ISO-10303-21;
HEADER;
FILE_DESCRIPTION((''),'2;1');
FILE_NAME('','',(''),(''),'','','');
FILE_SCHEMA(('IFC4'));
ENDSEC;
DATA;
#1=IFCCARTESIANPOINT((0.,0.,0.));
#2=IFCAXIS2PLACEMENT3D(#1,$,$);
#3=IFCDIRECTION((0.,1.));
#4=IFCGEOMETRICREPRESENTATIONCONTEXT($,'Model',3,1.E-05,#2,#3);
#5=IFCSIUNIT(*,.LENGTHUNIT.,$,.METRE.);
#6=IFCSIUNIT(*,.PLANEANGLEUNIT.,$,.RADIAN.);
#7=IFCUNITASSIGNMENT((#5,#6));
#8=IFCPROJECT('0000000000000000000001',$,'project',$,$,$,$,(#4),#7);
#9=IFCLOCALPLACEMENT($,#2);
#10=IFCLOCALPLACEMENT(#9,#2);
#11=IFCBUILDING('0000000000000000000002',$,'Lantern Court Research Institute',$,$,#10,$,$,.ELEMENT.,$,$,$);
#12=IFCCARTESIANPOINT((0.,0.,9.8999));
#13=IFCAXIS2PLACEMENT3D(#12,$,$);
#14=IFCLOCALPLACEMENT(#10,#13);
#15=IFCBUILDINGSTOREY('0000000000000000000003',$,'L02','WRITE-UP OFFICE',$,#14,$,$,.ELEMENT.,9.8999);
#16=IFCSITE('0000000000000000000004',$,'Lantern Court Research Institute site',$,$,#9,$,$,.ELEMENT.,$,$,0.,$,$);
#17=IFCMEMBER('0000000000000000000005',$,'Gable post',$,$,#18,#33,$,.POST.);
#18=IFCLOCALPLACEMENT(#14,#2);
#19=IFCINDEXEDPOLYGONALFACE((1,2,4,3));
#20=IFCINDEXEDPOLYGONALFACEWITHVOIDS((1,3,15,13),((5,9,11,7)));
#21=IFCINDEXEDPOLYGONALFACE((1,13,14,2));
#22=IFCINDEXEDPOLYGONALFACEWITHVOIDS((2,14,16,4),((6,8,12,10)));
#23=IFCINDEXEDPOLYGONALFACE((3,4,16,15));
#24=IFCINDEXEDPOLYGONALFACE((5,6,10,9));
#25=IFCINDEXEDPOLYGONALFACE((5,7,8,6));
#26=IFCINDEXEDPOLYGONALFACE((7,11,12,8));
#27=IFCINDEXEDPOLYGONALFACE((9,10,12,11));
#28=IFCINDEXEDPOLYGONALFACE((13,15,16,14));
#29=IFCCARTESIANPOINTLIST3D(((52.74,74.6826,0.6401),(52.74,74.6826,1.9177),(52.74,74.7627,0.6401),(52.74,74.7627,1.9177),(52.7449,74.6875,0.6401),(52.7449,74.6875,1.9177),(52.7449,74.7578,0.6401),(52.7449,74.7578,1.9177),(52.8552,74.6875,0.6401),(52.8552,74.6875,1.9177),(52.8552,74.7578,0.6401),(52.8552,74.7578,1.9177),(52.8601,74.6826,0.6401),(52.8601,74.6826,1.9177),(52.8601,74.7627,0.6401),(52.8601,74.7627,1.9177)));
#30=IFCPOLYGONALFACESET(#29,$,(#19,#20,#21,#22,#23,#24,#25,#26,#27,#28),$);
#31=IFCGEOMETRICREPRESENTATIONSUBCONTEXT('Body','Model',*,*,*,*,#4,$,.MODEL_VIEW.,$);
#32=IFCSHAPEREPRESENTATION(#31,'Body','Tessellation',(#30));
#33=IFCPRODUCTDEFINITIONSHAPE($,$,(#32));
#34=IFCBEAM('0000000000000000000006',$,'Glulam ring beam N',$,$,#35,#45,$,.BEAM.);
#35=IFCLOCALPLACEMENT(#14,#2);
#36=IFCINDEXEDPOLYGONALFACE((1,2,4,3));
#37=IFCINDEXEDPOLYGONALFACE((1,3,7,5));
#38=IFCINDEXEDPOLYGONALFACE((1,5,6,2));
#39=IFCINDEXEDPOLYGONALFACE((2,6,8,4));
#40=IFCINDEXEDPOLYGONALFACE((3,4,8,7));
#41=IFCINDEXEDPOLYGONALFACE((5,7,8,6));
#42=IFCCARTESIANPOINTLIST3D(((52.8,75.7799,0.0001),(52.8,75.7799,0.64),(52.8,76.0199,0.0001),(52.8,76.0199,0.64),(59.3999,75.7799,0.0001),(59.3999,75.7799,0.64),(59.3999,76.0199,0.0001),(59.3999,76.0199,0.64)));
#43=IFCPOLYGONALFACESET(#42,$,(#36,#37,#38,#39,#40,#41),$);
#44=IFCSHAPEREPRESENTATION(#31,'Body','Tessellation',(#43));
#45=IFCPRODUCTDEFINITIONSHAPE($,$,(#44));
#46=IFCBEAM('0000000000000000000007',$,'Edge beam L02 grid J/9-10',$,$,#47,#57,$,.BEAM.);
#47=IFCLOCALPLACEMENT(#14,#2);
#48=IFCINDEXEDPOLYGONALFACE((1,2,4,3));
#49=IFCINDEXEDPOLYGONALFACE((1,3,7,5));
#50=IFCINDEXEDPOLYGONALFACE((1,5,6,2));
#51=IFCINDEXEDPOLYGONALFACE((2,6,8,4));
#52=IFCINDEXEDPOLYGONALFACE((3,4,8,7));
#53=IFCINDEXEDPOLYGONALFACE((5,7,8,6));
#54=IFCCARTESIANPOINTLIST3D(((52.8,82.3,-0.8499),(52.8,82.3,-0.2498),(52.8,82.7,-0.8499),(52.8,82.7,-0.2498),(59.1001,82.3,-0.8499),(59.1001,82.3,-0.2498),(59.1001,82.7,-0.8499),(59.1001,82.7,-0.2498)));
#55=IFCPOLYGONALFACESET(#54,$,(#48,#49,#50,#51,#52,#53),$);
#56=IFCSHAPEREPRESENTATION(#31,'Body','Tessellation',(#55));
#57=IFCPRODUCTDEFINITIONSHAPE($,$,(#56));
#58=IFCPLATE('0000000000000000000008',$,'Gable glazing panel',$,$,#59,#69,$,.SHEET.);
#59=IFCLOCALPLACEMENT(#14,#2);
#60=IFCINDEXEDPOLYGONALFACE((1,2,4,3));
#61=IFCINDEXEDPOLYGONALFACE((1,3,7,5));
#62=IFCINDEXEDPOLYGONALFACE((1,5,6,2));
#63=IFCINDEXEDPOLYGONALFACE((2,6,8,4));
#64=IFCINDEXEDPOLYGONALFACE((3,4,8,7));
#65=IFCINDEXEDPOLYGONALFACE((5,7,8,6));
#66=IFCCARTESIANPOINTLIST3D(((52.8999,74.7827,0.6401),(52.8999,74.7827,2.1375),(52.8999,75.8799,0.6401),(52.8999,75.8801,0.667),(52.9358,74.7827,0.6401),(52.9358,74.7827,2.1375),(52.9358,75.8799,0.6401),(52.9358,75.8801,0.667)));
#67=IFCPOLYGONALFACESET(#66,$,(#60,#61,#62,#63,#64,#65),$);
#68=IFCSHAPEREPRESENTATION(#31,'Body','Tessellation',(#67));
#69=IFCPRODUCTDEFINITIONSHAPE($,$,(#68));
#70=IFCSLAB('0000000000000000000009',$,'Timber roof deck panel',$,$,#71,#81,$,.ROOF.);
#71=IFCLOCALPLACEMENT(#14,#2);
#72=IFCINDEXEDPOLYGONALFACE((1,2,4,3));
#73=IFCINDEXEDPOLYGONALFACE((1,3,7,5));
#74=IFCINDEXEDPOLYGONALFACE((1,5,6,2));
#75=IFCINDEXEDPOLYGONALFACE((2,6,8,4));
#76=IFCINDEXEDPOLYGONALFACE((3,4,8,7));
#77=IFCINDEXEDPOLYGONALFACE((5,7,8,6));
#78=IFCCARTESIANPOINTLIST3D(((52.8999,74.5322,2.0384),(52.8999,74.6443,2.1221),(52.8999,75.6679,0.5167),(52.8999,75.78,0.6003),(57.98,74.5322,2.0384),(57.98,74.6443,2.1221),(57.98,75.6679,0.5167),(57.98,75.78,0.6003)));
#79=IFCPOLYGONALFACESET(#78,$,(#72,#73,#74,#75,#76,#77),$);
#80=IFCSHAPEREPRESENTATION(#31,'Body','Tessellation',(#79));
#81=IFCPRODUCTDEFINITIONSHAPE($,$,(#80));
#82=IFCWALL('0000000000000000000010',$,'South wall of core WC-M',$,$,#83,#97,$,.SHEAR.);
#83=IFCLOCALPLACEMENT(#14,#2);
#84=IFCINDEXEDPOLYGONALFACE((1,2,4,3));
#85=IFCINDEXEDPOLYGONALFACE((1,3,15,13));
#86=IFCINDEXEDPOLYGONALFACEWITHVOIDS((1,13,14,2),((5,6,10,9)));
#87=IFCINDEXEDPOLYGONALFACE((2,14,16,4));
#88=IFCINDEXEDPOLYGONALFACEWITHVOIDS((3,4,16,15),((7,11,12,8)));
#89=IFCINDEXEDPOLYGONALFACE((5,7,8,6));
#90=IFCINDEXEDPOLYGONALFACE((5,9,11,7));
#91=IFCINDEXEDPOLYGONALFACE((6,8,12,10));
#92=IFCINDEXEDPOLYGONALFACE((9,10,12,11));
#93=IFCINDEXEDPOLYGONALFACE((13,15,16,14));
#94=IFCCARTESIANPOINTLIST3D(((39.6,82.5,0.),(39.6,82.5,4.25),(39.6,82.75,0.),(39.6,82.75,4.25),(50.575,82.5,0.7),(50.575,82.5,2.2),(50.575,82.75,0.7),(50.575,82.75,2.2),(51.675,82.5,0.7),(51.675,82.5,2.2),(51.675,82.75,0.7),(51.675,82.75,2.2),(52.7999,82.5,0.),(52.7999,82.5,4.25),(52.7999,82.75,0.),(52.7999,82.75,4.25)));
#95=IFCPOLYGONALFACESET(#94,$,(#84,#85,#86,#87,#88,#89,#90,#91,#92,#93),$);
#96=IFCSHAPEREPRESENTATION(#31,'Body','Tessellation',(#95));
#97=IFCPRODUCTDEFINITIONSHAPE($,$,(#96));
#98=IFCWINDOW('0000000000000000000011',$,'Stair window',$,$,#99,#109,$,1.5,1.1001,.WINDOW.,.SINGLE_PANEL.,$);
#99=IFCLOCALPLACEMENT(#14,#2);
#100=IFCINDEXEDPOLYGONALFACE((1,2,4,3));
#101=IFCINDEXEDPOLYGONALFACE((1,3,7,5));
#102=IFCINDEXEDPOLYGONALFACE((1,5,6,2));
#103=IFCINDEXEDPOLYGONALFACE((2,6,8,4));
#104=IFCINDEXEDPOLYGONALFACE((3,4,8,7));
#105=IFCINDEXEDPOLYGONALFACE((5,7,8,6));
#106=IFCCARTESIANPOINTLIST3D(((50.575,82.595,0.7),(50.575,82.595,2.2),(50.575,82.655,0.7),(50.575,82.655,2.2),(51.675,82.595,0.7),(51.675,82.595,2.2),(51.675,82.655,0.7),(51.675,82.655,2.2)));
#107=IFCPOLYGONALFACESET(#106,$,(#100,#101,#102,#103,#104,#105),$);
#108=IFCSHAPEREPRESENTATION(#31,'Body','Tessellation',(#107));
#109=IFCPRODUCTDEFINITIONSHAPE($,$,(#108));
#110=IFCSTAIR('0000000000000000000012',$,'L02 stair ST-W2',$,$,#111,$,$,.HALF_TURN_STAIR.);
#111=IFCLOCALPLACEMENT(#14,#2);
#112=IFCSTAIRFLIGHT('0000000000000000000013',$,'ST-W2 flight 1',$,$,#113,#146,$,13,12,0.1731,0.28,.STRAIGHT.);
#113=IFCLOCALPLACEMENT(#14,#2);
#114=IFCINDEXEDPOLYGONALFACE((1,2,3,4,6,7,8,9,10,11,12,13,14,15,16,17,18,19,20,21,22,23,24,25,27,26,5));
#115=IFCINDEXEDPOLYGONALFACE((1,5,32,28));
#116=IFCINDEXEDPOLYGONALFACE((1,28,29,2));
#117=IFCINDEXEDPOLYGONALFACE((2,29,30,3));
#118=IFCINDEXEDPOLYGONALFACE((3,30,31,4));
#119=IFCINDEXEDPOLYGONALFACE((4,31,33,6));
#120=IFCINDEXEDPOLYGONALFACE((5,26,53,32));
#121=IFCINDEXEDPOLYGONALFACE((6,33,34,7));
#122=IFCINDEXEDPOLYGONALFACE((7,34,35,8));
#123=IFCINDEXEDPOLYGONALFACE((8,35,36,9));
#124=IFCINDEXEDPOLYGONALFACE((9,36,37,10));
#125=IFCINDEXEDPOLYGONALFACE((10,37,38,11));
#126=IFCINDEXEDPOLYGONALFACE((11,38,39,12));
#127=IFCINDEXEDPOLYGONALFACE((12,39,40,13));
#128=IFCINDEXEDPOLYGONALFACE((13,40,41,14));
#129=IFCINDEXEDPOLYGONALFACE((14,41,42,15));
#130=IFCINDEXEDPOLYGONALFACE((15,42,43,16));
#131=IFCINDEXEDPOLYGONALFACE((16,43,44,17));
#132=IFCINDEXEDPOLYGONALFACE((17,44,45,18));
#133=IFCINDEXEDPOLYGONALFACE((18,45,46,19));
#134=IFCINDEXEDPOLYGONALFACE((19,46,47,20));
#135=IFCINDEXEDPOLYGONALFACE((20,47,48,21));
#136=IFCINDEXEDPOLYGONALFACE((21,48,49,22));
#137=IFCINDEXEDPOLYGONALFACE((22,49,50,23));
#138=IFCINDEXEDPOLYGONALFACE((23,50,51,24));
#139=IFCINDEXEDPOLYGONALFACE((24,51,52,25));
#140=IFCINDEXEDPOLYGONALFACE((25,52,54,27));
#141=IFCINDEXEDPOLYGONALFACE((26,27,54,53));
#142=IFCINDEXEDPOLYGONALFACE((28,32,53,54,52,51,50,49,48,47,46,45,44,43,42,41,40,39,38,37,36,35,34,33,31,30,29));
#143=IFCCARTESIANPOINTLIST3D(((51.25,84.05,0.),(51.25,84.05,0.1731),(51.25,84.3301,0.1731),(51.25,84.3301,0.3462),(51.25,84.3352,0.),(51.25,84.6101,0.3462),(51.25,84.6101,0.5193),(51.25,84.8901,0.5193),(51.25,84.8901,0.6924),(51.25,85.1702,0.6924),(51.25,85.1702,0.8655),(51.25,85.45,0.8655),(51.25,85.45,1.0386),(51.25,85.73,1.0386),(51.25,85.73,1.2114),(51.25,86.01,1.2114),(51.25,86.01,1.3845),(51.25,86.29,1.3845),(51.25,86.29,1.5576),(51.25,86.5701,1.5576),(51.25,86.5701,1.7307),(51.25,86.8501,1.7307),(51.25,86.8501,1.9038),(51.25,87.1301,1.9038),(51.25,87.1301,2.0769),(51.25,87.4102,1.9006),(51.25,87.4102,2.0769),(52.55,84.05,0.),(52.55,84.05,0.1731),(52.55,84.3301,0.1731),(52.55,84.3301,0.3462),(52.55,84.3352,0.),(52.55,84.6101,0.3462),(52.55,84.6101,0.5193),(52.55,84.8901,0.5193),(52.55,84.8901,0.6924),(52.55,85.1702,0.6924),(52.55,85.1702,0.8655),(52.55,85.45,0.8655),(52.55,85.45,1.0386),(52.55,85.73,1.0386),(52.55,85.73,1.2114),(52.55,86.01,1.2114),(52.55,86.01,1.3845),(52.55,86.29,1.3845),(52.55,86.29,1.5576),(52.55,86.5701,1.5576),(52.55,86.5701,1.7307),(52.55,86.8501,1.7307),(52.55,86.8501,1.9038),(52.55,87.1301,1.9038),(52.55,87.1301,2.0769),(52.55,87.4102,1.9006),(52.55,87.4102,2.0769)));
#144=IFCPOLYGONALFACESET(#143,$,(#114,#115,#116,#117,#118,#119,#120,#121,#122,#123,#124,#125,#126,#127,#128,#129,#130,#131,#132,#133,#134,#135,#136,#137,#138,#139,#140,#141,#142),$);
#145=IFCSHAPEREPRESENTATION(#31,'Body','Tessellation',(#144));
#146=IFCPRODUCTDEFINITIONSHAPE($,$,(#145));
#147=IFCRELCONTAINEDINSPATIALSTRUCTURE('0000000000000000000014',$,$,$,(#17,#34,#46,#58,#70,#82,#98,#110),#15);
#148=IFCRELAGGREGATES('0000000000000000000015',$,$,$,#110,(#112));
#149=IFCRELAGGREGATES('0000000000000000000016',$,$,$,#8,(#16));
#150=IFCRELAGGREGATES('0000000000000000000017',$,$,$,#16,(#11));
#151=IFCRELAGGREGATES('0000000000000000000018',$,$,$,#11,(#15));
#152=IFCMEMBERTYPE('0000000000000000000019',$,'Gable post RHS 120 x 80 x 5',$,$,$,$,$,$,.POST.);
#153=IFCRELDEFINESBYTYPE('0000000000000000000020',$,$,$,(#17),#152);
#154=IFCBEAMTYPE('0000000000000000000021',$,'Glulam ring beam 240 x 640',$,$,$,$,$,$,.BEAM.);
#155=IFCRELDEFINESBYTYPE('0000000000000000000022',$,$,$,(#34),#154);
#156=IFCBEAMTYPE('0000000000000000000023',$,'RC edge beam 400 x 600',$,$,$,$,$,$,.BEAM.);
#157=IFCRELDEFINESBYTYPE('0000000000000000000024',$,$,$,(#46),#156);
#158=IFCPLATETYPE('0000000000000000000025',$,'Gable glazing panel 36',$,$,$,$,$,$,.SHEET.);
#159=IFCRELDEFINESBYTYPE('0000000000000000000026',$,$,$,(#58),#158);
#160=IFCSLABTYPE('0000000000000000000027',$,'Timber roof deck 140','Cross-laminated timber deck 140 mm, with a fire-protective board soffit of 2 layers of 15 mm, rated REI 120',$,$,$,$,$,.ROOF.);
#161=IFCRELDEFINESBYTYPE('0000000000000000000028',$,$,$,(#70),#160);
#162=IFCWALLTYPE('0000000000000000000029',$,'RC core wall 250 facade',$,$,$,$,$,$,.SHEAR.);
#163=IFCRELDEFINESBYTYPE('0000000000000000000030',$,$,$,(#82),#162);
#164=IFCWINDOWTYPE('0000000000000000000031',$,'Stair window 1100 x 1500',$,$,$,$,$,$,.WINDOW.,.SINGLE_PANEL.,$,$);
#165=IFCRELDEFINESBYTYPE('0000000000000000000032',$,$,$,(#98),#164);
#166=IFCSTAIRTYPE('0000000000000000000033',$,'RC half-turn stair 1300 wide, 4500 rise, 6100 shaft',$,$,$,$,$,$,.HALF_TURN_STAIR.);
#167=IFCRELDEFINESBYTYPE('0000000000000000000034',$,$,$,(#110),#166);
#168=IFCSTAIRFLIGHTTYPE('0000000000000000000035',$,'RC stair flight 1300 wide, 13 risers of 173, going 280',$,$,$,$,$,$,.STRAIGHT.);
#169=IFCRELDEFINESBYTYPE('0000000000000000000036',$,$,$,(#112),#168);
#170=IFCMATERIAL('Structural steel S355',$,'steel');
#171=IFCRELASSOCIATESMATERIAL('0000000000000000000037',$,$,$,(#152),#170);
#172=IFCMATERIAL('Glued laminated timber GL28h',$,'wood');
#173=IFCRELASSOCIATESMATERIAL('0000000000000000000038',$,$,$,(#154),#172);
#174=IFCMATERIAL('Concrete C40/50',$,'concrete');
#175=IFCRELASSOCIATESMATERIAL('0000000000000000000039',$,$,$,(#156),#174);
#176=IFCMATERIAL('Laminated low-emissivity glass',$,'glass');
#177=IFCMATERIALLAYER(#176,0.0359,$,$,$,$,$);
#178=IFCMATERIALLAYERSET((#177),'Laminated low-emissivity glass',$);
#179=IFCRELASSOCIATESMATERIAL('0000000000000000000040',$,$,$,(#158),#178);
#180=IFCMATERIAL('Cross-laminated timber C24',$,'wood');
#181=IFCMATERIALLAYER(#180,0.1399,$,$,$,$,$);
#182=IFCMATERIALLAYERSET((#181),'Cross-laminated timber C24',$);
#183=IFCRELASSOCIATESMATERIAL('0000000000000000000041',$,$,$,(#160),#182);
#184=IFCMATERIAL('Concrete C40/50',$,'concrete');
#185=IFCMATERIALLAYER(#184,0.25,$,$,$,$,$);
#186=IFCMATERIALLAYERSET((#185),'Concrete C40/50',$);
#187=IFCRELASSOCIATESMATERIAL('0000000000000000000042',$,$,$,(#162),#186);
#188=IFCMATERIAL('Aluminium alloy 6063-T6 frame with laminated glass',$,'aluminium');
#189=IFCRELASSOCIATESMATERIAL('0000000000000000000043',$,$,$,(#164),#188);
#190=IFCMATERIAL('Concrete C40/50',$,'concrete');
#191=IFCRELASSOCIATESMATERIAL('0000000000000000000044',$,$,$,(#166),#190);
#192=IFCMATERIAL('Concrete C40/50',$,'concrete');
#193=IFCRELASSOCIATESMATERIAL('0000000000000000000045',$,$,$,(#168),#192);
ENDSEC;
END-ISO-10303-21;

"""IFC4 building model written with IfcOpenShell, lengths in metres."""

from ifc_helpers import new_model, si_unit, direction, frame, frame_2d, origin, origin_2d, place, context, subcontext, project, spatial, polyline, rectangle, hollow_rectangle, outline, extrude, material, layer, layer_set, material_profile, profile_set, type_object, element, fill, aggregate, save


model = new_model("IFC4")

# Units and contexts
model_context = context("Model", 3, precision=1e-05, world=origin(), true_north=direction((0.0, 1.0)))
body_context = subcontext(model_context, "Body", "Model", "MODEL_VIEW")
ifc_project = project(units=[si_unit("LENGTHUNIT", "METRE"), si_unit("PLANEANGLEUNIT", "RADIAN")], contexts=[model_context])

# Site, building, storey
site_placement = place(None, origin())
site = spatial("IfcSite", under=ifc_project, at=site_placement, Name="Lantern Court Research Institute site", CompositionType="ELEMENT", RefElevation=0.0)
building_placement = place(site_placement, origin())
building = spatial("IfcBuilding", under=site, at=building_placement, Name="Lantern Court Research Institute", CompositionType="ELEMENT")
storey_placement = place(building_placement, frame((0.0, 0.0, 9.8999)))
storey = spatial("IfcBuildingStorey", under=building, at=storey_placement, Name="L02", Description="WRITE-UP OFFICE", CompositionType="ELEMENT", Elevation=9.8999)

# Member
ifc_material_1 = material(Name="Structural steel S355", Category="steel")
ifc_material_profile_1 = material_profile(ifc_material_1, hollow_rectangle(XDim=0.1201, YDim=0.0801, WallThickness=0.0049, at=origin_2d()), Name="Gable post RHS 120 x 80 x 5")
ifc_profile_set_1 = profile_set([ifc_material_profile_1], Name="Structural steel S355")
member_type = type_object("IfcMemberType", Name="Gable post RHS 120 x 80 x 5", PredefinedType="POST", material=ifc_profile_set_1)
member_placement = place(storey_placement, frame((52.8, 74.7227, 0.6401), z_axis=(0.0, 0.0, 1.0), x_axis=(1.0, 0.0, 0.0)))
element("IfcMember", 1, at=member_placement, inside=storey, type_object=member_type, Name="Gable post", PredefinedType="POST", context=body_context, shape_type="SweptSolid", body=[
    extrude(hollow_rectangle(XDim=0.1201, YDim=0.0801, WallThickness=0.0049, at=origin_2d()), origin(), (0.0, 0.0, 1.0), 1.2776),
])

# Beams
ifc_material_2 = material(Name="Glued laminated timber GL28h", Category="wood")
ifc_material_profile_2 = material_profile(ifc_material_2, rectangle(XDim=0.24, YDim=0.6399, at=origin_2d()), Name="Glulam ring beam 240 x 640")
ifc_profile_set_2 = profile_set([ifc_material_profile_2], Name="Glued laminated timber GL28h")
beam_type_1 = type_object("IfcBeamType", Name="Glulam ring beam 240 x 640", PredefinedType="BEAM", material=ifc_profile_set_2)
beam_1_placement = place(storey_placement, frame((52.8, 75.8999, 0.3201), z_axis=(1.0, 0.0, 0.0), x_axis=(0.0, 1.0, 0.0)))
element("IfcBeam", 2, at=beam_1_placement, inside=storey, type_object=beam_type_1, Name="Glulam ring beam N", PredefinedType="BEAM", context=body_context, shape_type="SweptSolid", body=[
    extrude(rectangle(XDim=0.24, YDim=0.6399, at=origin_2d()), origin(), (0.0, 0.0, 1.0), 6.5999),
])
ifc_material_3 = material(Name="Concrete C40/50", Category="concrete")
ifc_material_profile_3 = material_profile(ifc_material_3, rectangle(XDim=0.3999, YDim=0.6001, at=origin_2d()), Name="RC beam 400 x 600")
ifc_profile_set_3 = profile_set([ifc_material_profile_3], Name="Concrete C40/50")
beam_type_2 = type_object("IfcBeamType", Name="RC edge beam 400 x 600", PredefinedType="BEAM", material=ifc_profile_set_3)
beam_2_placement = place(storey_placement, frame((52.8, 82.5, -0.5498), z_axis=(1.0, 0.0, 0.0), x_axis=(0.0, 1.0, 0.0)))
element("IfcBeam", 3, at=beam_2_placement, inside=storey, type_object=beam_type_2, Name="Edge beam L02 grid J/9-10", PredefinedType="BEAM", context=body_context, shape_type="SweptSolid", body=[
    extrude(rectangle(XDim=0.3999, YDim=0.6001, at=origin_2d()), origin(), (0.0, 0.0, 1.0), 6.3),
])

# Plate
ifc_material_4 = material(Name="Laminated low-emissivity glass", Category="glass")
ifc_layer_1 = layer(ifc_material_4, 0.0359)
ifc_layer_set_1 = layer_set([ifc_layer_1], Name="Laminated low-emissivity glass")
plate_type = type_object("IfcPlateType", Name="Gable glazing panel 36", PredefinedType="SHEET", material=ifc_layer_set_1)
plate_placement = place(storey_placement, frame((52.918, 74.7827, 0.6401), z_axis=(0.0, 0.0, 1.0), x_axis=(0.0, 1.0, 0.0)))
element("IfcPlate", 4, at=plate_placement, inside=storey, type_object=plate_type, Name="Gable glazing panel", PredefinedType="SHEET", context=body_context, shape_type="SweptSolid", body=[
    extrude(outline(polyline([(0.0, 0.0), (1.0972, 0.0), (1.0974, 0.0269), (0.0, 1.4973), (0.0, 0.0)])), frame((0.0, 0.0181, 0.0), z_axis=(0.0, -1.0, 0.0), x_axis=(1.0, 0.0, 0.0)), (0.0, 0.0, 1.0), 0.0359),
])

# Slab
ifc_material_5 = material(Name="Cross-laminated timber C24", Category="wood")
ifc_layer_2 = layer(ifc_material_5, 0.1399)
ifc_layer_set_2 = layer_set([ifc_layer_2], Name="Cross-laminated timber C24")
slab_type = type_object("IfcSlabType", Name="Timber roof deck 140", Description="Cross-laminated timber deck 140 mm, with a fire-protective board soffit of 2 layers of 15 mm, rated REI 120", PredefinedType="ROOF", material=ifc_layer_set_2)
slab_placement = place(storey_placement, frame((52.8999, 74.6443, 2.1221), z_axis=(0.0, 0.801402, 0.598126), x_axis=(1.0, 0.0, 0.0)))
element("IfcSlab", 5, at=slab_placement, inside=storey, type_object=slab_type, Name="Timber roof deck panel", PredefinedType="ROOF", context=body_context, shape_type="SweptSolid", body=[
    extrude(outline(polyline([(0.0, 0.0), (5.0801, 0.0), (5.0801, 1.8988), (0.0, 1.8988), (0.0, 0.0)])), origin(), (0.0, 0.0, -1.0), 0.1399),
])

# Wall, opening, window
ifc_material_6 = material(Name="Concrete C40/50", Category="concrete")
ifc_layer_3 = layer(ifc_material_6, 0.25)
ifc_layer_set_3 = layer_set([ifc_layer_3], Name="Concrete C40/50")
wall_type = type_object("IfcWallType", Name="RC core wall 250 facade", PredefinedType="SHEAR", material=ifc_layer_set_3)
wall_placement = place(storey_placement, frame((52.8, 82.625, 0.0), z_axis=(0.0, 0.0, 1.0), x_axis=(-1.0, 0.0, 0.0)))
wall = element("IfcWall", 6, at=wall_placement, inside=storey, type_object=wall_type, Name="South wall of core WC-M", PredefinedType="SHEAR", context=body_context, shape_type="SweptSolid", body=[
    extrude(rectangle(XDim=13.2, YDim=0.25, at=frame_2d((6.6001, 0.0))), origin(), (0.0, 0.0, 1.0), 4.25),
])
opening_placement = place(wall_placement, frame((1.125, 0.0, 0.7)))
opening = element("IfcOpeningElement", 7, at=opening_placement, cuts=wall, PredefinedType="OPENING", context=body_context, shape_type="SweptSolid", body=[
    extrude(rectangle(XDim=1.1001, YDim=1.5, at=frame_2d((0.55, 0.75))), frame((0.0, 0.135, 0.0), z_axis=(0.0, -1.0, 0.0), x_axis=(1.0, 0.0, 0.0)), (0.0, 0.0, 1.0), 0.27),
])
ifc_material_7 = material(Name="Aluminium alloy 6063-T6 frame with laminated glass", Category="aluminium")
window_type = type_object("IfcWindowType", Name="Stair window 1100 x 1500", PartitioningType="SINGLE_PANEL", PredefinedType="WINDOW", material=ifc_material_7)
window_placement = place(opening_placement, origin())
window = element("IfcWindow", 8, at=window_placement, inside=storey, type_object=window_type, Name="Stair window", OverallHeight=1.5, OverallWidth=1.1001, PartitioningType="SINGLE_PANEL", PredefinedType="WINDOW", context=body_context, shape_type="SweptSolid", body=[
    extrude(rectangle(XDim=1.1001, YDim=1.5, at=frame_2d((0.55, 0.75))), frame((0.0, 0.03, 0.0), z_axis=(0.0, -1.0, 0.0), x_axis=(1.0, 0.0, 0.0)), (0.0, 0.0, 1.0), 0.0601),
])
fill(opening, window)

# Stair, stair flight
ifc_material_8 = material(Name="Concrete C40/50", Category="concrete")
stair_type = type_object("IfcStairType", Name="RC half-turn stair 1300 wide, 4500 rise, 6100 shaft", PredefinedType="HALF_TURN_STAIR", material=ifc_material_8)
stair_placement = place(storey_placement, origin())
stair = element("IfcStair", 9, at=stair_placement, inside=storey, type_object=stair_type, Name="L02 stair ST-W2", PredefinedType="HALF_TURN_STAIR")
ifc_material_9 = material(Name="Concrete C40/50", Category="concrete")
stair_flight_type = type_object("IfcStairFlightType", Name="RC stair flight 1300 wide, 13 risers of 173, going 280", PredefinedType="STRAIGHT", material=ifc_material_9)
stair_flight_1_placement = place(storey_placement, frame((51.8999, 84.05, 0.0), z_axis=(0.0, 0.0, 1.0), x_axis=(0.0, 1.0, 0.0)))
stair_flight_1 = element("IfcStairFlight", 10, at=stair_flight_1_placement, type_object=stair_flight_type, Name="ST-W2 flight 1", NumberOfRisers=13, NumberOfTreads=12, PredefinedType="STRAIGHT", RiserHeight=0.1731, TreadLength=0.28, context=body_context, shape_type="SweptSolid", body=[
    extrude(outline(polyline([(0.0, 0.0), (0.0, 0.1731), (0.28, 0.1731), (0.28, 0.3462), (0.5601, 0.3462), (0.5601, 0.5193), (0.8401, 0.5193), (0.8401, 0.6924), (1.1201, 0.6924), (1.1201, 0.8655), (1.3999, 0.8655), (1.3999, 1.0386), (1.6799, 1.0386), (1.6799, 1.2114), (1.96, 1.2114), (1.96, 1.3845), (2.24, 1.3845), (2.24, 1.5576), (2.52, 1.5576), (2.52, 1.7307), (2.8, 1.7307), (2.8, 1.9038), (3.0801, 1.9038), (3.0801, 2.0769), (3.3601, 2.0769), (3.3601, 2.25), (3.3601, 1.9006), (0.2852, 0.0), (0.0, 0.0)])), frame((0.0, 0.6499, 0.0), z_axis=(0.0, -1.0, 0.0), x_axis=(1.0, 0.0, 0.0)), (0.0, 0.0, 1.0), 1.3),
])
aggregate(stair, [stair_flight_1])

save(model, "model.ifc")
